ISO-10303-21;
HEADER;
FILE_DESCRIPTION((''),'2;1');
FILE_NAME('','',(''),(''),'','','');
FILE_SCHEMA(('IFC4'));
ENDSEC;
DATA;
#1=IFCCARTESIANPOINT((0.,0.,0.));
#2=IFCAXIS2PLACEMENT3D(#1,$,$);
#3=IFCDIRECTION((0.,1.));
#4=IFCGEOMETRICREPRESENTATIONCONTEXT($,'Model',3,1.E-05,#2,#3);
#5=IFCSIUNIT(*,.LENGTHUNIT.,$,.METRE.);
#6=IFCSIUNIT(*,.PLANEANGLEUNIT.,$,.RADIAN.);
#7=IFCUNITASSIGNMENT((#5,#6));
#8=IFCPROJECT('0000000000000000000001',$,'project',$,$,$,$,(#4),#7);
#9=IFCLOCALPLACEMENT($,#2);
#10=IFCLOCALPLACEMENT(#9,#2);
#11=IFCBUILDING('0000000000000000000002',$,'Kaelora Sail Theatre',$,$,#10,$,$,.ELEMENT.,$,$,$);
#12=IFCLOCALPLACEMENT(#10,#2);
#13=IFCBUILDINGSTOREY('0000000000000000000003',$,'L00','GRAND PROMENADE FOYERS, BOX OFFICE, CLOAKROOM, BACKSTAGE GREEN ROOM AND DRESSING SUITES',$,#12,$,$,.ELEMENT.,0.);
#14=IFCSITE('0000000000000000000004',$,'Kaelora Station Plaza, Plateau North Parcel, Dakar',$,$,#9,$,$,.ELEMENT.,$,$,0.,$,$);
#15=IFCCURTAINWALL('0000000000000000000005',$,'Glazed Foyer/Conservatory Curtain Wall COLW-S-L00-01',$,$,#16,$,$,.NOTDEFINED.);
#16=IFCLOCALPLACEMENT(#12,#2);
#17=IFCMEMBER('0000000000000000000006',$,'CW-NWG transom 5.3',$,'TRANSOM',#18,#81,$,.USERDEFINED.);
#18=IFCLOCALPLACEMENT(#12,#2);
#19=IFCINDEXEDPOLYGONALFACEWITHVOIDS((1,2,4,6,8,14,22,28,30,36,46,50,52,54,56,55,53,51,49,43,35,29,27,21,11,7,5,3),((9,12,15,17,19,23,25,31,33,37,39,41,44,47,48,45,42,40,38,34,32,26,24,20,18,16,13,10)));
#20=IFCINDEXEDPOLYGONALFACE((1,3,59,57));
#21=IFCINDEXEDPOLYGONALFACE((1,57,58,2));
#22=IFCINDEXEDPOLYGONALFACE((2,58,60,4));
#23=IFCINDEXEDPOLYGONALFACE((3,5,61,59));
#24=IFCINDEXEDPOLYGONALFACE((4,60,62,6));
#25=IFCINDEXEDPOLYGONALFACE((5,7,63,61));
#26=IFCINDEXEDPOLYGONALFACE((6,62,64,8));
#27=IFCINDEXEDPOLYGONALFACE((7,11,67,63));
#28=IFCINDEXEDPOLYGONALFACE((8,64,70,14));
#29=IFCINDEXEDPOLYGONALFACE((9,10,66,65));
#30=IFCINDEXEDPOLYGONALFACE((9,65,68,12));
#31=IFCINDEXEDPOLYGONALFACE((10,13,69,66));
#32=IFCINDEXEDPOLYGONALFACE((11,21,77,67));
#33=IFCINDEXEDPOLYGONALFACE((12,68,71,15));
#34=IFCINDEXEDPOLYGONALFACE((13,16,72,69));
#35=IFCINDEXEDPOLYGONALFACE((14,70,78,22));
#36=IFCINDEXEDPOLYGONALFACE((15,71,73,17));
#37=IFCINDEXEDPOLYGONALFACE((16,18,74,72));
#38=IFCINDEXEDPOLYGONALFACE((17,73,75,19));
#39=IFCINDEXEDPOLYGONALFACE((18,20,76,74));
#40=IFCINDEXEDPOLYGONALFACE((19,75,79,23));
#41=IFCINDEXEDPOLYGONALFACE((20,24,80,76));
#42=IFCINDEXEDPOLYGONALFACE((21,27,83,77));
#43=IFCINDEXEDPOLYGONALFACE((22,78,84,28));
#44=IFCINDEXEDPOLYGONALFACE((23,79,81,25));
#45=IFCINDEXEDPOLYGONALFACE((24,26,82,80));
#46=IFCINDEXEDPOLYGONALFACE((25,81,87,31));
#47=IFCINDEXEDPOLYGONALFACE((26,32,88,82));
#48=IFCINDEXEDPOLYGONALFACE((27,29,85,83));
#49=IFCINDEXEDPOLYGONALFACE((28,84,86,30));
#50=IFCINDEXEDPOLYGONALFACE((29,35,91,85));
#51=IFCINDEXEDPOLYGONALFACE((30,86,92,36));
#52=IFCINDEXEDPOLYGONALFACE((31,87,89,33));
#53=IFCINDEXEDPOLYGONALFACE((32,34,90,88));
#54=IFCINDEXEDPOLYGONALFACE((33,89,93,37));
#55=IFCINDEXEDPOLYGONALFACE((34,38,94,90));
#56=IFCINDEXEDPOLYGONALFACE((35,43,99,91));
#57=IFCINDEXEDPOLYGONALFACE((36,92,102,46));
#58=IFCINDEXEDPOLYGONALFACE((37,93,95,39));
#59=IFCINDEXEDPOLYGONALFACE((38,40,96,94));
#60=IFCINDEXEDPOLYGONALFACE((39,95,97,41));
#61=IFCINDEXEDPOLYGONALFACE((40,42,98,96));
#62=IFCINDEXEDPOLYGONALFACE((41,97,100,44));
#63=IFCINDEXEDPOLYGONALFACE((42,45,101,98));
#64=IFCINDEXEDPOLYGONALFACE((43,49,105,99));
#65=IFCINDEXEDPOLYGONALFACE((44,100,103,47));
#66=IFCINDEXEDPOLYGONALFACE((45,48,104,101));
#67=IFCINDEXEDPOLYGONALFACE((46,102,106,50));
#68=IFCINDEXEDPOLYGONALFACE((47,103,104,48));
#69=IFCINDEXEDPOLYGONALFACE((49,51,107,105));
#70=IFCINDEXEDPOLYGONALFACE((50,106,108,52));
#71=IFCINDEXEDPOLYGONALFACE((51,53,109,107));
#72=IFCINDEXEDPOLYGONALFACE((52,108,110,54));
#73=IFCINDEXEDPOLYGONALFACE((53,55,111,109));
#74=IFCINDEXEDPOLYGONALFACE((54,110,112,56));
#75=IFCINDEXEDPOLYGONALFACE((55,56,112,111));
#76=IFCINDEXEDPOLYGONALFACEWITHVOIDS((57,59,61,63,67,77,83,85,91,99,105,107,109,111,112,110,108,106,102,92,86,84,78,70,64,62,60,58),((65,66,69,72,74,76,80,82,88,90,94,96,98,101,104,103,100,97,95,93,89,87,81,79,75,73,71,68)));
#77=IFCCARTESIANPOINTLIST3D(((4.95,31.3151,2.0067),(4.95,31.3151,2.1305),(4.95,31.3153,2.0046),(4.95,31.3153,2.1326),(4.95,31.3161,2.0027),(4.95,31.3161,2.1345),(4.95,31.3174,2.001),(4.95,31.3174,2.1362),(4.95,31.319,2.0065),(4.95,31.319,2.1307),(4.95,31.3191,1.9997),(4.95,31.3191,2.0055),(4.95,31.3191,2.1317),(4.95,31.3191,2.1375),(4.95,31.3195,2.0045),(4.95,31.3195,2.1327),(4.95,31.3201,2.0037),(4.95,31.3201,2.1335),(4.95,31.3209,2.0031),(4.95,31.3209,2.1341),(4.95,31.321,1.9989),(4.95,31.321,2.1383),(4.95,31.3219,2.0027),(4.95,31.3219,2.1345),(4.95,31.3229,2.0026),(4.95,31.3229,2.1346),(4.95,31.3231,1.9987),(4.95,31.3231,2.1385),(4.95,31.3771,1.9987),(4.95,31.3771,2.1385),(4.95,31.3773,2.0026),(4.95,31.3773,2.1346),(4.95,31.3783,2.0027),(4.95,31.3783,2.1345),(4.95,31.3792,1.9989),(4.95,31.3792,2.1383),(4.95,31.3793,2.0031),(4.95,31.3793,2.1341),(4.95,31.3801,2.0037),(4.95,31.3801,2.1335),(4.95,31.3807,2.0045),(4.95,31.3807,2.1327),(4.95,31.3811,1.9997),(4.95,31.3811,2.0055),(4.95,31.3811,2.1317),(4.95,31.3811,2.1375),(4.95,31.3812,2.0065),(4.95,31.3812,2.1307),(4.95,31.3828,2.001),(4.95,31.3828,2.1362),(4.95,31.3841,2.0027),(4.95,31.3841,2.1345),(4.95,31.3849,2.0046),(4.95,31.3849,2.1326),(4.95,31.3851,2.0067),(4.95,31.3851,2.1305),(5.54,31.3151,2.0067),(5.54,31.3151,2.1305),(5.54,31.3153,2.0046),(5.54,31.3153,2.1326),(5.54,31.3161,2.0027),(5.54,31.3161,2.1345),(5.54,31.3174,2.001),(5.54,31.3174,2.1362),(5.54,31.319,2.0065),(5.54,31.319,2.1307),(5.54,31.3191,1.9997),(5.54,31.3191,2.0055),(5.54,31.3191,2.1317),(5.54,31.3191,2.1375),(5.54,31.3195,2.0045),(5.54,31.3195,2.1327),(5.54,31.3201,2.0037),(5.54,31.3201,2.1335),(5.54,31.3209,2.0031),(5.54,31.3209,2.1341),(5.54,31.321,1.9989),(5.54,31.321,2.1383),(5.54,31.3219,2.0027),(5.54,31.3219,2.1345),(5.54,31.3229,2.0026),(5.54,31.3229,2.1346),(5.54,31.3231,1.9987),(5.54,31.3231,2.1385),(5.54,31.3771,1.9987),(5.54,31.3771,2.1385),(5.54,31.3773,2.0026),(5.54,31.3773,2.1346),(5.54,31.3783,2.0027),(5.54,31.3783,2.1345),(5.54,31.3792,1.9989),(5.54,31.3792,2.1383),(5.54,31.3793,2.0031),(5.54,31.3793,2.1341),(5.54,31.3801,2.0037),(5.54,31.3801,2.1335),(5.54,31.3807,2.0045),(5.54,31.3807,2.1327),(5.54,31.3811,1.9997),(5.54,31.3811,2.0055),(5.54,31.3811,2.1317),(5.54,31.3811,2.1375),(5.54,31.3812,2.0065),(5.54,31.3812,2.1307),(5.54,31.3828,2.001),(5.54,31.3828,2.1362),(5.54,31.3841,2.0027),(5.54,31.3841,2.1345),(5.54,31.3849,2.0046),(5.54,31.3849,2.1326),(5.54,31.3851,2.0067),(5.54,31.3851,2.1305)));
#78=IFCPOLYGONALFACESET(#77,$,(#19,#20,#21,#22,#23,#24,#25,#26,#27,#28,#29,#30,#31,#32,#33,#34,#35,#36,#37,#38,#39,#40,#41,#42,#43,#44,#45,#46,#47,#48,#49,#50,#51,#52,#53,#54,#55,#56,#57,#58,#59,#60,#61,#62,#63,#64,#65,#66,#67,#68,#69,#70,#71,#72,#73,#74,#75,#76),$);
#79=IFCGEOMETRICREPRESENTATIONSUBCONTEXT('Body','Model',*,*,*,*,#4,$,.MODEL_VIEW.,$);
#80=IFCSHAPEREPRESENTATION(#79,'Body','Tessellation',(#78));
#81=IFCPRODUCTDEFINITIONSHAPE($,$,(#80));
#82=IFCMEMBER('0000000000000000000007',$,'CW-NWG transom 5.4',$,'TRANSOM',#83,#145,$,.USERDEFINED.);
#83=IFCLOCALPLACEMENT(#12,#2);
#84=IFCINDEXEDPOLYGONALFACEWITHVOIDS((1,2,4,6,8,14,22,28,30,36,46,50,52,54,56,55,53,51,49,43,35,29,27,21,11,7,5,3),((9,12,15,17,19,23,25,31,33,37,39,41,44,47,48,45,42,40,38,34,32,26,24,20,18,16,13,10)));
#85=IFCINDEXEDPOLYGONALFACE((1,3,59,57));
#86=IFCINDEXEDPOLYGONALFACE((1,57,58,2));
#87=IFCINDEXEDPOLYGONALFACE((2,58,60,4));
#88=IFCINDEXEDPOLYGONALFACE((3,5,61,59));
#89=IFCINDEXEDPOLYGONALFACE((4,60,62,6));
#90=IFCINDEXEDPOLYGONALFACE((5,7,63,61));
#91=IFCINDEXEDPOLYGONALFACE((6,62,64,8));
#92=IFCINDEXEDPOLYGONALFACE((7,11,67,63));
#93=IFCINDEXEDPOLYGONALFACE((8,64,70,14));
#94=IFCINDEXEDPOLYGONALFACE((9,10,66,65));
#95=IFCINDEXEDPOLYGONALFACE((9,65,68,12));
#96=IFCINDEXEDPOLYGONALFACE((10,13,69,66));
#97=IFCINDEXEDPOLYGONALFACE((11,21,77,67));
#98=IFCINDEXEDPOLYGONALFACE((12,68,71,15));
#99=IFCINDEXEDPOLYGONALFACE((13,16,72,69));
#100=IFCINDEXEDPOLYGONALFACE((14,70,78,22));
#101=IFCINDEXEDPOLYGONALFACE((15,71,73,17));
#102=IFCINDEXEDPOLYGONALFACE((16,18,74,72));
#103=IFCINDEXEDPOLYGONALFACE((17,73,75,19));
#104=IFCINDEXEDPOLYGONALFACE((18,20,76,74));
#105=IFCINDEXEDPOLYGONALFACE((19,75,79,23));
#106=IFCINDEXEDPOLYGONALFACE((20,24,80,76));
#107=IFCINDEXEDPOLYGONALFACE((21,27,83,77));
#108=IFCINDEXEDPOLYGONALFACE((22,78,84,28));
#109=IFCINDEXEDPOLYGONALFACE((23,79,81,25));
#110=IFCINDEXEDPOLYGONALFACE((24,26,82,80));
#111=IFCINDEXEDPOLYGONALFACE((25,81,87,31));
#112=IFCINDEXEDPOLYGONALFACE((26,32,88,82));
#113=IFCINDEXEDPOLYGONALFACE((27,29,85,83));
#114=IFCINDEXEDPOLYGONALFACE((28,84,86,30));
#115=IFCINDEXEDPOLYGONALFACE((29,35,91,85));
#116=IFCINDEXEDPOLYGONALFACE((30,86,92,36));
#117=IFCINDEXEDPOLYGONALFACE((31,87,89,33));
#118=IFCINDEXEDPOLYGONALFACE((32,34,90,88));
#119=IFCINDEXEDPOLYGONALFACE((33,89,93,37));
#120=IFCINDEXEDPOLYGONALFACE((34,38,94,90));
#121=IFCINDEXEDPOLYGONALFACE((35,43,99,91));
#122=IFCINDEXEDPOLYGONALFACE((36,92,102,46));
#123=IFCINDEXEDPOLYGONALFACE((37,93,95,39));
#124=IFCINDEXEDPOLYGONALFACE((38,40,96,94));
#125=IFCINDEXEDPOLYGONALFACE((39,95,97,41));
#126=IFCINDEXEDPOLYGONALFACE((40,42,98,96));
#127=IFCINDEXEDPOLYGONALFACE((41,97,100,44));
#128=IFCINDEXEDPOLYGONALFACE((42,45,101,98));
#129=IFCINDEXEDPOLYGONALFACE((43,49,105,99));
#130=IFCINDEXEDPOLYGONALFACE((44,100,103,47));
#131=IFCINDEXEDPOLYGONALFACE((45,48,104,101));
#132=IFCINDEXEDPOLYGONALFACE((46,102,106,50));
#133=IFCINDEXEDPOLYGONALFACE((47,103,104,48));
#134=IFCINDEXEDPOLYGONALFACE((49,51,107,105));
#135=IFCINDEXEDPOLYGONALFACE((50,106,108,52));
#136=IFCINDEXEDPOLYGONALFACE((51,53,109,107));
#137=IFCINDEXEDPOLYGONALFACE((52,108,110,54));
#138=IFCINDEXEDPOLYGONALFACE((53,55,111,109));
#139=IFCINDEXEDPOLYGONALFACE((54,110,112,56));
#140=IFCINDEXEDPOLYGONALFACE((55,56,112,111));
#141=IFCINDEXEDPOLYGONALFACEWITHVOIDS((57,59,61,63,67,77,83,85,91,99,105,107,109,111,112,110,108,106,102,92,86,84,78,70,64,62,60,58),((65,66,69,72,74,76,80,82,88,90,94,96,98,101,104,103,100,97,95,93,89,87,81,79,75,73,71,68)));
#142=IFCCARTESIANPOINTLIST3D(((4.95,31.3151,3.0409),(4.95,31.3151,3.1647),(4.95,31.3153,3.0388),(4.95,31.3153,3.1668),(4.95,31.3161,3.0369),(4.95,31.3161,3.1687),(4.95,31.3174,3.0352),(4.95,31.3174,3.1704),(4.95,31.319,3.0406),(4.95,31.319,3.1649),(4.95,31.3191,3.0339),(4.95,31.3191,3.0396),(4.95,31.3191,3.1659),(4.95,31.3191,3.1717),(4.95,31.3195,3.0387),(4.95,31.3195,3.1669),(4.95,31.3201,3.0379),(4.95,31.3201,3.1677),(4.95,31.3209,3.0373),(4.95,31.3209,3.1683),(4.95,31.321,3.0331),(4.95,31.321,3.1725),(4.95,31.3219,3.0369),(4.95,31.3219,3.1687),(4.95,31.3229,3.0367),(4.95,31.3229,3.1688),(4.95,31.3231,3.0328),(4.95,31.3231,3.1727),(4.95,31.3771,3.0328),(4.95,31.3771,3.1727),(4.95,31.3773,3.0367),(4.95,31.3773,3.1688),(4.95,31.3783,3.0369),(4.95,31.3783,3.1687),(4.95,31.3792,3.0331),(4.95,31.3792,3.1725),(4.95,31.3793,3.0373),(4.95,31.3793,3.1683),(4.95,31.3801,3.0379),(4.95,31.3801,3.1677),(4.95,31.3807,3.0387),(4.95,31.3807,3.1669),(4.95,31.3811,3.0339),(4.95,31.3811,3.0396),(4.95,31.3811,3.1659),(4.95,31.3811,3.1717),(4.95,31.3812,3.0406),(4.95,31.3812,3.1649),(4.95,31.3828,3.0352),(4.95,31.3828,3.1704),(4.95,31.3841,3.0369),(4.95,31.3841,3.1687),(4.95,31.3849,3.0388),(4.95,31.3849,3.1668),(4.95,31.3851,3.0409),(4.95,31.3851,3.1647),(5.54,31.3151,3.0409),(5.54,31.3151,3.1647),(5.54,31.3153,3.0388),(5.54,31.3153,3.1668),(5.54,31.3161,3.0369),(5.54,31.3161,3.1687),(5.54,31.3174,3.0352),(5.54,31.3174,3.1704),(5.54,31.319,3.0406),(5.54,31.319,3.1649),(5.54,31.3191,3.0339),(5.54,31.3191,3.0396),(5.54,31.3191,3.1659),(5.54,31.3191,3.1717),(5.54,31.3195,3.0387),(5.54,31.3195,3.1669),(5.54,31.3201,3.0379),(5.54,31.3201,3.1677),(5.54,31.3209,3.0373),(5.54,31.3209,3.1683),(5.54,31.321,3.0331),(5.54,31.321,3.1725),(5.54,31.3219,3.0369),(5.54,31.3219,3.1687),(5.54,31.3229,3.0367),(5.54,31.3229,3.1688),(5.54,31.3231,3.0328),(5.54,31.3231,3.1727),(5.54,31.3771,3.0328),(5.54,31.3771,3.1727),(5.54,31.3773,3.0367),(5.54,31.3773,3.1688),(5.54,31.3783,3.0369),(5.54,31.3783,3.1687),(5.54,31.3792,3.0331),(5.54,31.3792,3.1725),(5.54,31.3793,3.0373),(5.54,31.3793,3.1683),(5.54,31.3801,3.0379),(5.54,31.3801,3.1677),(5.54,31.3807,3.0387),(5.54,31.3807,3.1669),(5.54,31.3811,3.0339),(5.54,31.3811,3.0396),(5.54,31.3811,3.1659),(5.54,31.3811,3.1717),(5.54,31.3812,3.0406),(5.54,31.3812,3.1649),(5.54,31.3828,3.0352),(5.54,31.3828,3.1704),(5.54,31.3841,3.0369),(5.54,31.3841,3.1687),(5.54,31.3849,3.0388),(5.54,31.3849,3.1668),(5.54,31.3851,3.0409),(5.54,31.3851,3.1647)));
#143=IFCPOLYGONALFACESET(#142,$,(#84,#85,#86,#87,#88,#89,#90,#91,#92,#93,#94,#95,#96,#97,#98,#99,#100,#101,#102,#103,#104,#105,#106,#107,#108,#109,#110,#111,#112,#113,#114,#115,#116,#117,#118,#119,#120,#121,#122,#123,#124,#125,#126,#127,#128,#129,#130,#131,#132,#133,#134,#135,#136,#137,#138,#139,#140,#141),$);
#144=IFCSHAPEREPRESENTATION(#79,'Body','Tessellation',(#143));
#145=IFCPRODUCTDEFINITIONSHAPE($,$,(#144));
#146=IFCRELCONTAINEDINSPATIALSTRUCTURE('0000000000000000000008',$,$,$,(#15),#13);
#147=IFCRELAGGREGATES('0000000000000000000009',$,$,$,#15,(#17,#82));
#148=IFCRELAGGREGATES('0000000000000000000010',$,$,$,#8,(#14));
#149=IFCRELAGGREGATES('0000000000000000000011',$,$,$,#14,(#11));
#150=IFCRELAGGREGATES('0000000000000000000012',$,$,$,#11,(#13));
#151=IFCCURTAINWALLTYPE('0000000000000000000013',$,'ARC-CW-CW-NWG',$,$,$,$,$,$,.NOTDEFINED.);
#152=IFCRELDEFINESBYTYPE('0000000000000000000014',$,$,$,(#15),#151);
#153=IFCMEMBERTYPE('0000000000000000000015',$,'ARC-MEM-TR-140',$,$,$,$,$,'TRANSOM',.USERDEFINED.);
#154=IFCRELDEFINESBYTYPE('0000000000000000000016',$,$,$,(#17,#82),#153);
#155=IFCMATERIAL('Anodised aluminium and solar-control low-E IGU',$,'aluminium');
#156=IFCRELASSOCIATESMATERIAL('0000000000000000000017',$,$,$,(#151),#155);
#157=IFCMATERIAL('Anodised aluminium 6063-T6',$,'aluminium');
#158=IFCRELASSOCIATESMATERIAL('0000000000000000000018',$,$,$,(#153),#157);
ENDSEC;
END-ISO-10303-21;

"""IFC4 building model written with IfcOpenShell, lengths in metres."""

from ifc_helpers import new_model, si_unit, direction, frame, origin, origin_2d, place, context, subcontext, project, spatial, hollow_rectangle, extrude, material, material_profile, profile_set, type_object, element, aggregate, save


model = new_model("IFC4")

# Units and contexts
model_context = context("Model", 3, precision=1e-05, world=origin(), true_north=direction((0.0, 1.0)))
body_context = subcontext(model_context, "Body", "Model", "MODEL_VIEW")
ifc_project = project(units=[si_unit("LENGTHUNIT", "METRE"), si_unit("PLANEANGLEUNIT", "RADIAN")], contexts=[model_context])

# Site, building, storey
site_placement = place(None, origin())
site = spatial("IfcSite", under=ifc_project, at=site_placement, Name="Kaelora Station Plaza, Plateau North Parcel, Dakar", CompositionType="ELEMENT", RefElevation=0.0)
building_placement = place(site_placement, origin())
building = spatial("IfcBuilding", under=site, at=building_placement, Name="Kaelora Sail Theatre", CompositionType="ELEMENT")
storey_placement = place(building_placement, origin())
storey = spatial("IfcBuildingStorey", under=building, at=storey_placement, Name="L00", Description="GRAND PROMENADE FOYERS, BOX OFFICE, CLOAKROOM, BACKSTAGE GREEN ROOM AND DRESSING SUITES", CompositionType="ELEMENT", Elevation=0.0)

# Curtain wall, members
ifc_material_1 = material(Name="Anodised aluminium and solar-control low-E IGU", Category="aluminium")
curtain_wall_type = type_object("IfcCurtainWallType", Name="ARC-CW-CW-NWG", PredefinedType="NOTDEFINED", material=ifc_material_1)
curtain_wall_1_placement = place(storey_placement, origin())
curtain_wall_1 = element("IfcCurtainWall", 1, at=curtain_wall_1_placement, inside=storey, type_object=curtain_wall_type, Name="Glazed Foyer/Conservatory Curtain Wall COLW-S-L00-01", PredefinedType="NOTDEFINED")
ifc_material_2 = material(Name="Anodised aluminium 6063-T6", Category="aluminium")
ifc_material_profile = material_profile(ifc_material_2, hollow_rectangle(XDim=0.0701, YDim=0.1399, WallThickness=0.0039, InnerFilletRadius=0.0039, OuterFilletRadius=0.0081, at=origin_2d()), Name="ALU-TRAN 70x140x4")
ifc_profile_set = profile_set([ifc_material_profile], Name="Anodised aluminium 6063-T6")
member_type = type_object("IfcMemberType", Name="ARC-MEM-TR-140", ElementType="TRANSOM", PredefinedType="USERDEFINED", material=ifc_profile_set)
member_1_placement = place(storey_placement, frame((4.95, 31.3501, 2.0686), z_axis=(1.0, 0.0, 0.0), x_axis=(0.0, 1.0, 0.0)))
member_1 = element("IfcMember", 2, at=member_1_placement, type_object=member_type, Name="CW-NWG transom 5.3", ObjectType="TRANSOM", PredefinedType="USERDEFINED", context=body_context, shape_type="SweptSolid", body=[
    extrude(hollow_rectangle(XDim=0.0701, YDim=0.1399, WallThickness=0.0039, InnerFilletRadius=0.0039, OuterFilletRadius=0.0081, at=origin_2d()), origin(), (0.0, 0.0, 1.0), 0.5901),
])
member_2_placement = place(storey_placement, frame((4.95, 31.3501, 3.1028), z_axis=(1.0, 0.0, 0.0), x_axis=(0.0, 1.0, 0.0)))
member_2 = element("IfcMember", 3, at=member_2_placement, type_object=member_type, Name="CW-NWG transom 5.4", ObjectType="TRANSOM", PredefinedType="USERDEFINED", context=body_context, shape_type="SweptSolid", body=[
    extrude(hollow_rectangle(XDim=0.0701, YDim=0.1399, WallThickness=0.0039, InnerFilletRadius=0.0039, OuterFilletRadius=0.0081, at=origin_2d()), origin(), (0.0, 0.0, 1.0), 0.5901),
])

aggregate(curtain_wall_1, [member_1, member_2])

save(model, "model.ifc")
